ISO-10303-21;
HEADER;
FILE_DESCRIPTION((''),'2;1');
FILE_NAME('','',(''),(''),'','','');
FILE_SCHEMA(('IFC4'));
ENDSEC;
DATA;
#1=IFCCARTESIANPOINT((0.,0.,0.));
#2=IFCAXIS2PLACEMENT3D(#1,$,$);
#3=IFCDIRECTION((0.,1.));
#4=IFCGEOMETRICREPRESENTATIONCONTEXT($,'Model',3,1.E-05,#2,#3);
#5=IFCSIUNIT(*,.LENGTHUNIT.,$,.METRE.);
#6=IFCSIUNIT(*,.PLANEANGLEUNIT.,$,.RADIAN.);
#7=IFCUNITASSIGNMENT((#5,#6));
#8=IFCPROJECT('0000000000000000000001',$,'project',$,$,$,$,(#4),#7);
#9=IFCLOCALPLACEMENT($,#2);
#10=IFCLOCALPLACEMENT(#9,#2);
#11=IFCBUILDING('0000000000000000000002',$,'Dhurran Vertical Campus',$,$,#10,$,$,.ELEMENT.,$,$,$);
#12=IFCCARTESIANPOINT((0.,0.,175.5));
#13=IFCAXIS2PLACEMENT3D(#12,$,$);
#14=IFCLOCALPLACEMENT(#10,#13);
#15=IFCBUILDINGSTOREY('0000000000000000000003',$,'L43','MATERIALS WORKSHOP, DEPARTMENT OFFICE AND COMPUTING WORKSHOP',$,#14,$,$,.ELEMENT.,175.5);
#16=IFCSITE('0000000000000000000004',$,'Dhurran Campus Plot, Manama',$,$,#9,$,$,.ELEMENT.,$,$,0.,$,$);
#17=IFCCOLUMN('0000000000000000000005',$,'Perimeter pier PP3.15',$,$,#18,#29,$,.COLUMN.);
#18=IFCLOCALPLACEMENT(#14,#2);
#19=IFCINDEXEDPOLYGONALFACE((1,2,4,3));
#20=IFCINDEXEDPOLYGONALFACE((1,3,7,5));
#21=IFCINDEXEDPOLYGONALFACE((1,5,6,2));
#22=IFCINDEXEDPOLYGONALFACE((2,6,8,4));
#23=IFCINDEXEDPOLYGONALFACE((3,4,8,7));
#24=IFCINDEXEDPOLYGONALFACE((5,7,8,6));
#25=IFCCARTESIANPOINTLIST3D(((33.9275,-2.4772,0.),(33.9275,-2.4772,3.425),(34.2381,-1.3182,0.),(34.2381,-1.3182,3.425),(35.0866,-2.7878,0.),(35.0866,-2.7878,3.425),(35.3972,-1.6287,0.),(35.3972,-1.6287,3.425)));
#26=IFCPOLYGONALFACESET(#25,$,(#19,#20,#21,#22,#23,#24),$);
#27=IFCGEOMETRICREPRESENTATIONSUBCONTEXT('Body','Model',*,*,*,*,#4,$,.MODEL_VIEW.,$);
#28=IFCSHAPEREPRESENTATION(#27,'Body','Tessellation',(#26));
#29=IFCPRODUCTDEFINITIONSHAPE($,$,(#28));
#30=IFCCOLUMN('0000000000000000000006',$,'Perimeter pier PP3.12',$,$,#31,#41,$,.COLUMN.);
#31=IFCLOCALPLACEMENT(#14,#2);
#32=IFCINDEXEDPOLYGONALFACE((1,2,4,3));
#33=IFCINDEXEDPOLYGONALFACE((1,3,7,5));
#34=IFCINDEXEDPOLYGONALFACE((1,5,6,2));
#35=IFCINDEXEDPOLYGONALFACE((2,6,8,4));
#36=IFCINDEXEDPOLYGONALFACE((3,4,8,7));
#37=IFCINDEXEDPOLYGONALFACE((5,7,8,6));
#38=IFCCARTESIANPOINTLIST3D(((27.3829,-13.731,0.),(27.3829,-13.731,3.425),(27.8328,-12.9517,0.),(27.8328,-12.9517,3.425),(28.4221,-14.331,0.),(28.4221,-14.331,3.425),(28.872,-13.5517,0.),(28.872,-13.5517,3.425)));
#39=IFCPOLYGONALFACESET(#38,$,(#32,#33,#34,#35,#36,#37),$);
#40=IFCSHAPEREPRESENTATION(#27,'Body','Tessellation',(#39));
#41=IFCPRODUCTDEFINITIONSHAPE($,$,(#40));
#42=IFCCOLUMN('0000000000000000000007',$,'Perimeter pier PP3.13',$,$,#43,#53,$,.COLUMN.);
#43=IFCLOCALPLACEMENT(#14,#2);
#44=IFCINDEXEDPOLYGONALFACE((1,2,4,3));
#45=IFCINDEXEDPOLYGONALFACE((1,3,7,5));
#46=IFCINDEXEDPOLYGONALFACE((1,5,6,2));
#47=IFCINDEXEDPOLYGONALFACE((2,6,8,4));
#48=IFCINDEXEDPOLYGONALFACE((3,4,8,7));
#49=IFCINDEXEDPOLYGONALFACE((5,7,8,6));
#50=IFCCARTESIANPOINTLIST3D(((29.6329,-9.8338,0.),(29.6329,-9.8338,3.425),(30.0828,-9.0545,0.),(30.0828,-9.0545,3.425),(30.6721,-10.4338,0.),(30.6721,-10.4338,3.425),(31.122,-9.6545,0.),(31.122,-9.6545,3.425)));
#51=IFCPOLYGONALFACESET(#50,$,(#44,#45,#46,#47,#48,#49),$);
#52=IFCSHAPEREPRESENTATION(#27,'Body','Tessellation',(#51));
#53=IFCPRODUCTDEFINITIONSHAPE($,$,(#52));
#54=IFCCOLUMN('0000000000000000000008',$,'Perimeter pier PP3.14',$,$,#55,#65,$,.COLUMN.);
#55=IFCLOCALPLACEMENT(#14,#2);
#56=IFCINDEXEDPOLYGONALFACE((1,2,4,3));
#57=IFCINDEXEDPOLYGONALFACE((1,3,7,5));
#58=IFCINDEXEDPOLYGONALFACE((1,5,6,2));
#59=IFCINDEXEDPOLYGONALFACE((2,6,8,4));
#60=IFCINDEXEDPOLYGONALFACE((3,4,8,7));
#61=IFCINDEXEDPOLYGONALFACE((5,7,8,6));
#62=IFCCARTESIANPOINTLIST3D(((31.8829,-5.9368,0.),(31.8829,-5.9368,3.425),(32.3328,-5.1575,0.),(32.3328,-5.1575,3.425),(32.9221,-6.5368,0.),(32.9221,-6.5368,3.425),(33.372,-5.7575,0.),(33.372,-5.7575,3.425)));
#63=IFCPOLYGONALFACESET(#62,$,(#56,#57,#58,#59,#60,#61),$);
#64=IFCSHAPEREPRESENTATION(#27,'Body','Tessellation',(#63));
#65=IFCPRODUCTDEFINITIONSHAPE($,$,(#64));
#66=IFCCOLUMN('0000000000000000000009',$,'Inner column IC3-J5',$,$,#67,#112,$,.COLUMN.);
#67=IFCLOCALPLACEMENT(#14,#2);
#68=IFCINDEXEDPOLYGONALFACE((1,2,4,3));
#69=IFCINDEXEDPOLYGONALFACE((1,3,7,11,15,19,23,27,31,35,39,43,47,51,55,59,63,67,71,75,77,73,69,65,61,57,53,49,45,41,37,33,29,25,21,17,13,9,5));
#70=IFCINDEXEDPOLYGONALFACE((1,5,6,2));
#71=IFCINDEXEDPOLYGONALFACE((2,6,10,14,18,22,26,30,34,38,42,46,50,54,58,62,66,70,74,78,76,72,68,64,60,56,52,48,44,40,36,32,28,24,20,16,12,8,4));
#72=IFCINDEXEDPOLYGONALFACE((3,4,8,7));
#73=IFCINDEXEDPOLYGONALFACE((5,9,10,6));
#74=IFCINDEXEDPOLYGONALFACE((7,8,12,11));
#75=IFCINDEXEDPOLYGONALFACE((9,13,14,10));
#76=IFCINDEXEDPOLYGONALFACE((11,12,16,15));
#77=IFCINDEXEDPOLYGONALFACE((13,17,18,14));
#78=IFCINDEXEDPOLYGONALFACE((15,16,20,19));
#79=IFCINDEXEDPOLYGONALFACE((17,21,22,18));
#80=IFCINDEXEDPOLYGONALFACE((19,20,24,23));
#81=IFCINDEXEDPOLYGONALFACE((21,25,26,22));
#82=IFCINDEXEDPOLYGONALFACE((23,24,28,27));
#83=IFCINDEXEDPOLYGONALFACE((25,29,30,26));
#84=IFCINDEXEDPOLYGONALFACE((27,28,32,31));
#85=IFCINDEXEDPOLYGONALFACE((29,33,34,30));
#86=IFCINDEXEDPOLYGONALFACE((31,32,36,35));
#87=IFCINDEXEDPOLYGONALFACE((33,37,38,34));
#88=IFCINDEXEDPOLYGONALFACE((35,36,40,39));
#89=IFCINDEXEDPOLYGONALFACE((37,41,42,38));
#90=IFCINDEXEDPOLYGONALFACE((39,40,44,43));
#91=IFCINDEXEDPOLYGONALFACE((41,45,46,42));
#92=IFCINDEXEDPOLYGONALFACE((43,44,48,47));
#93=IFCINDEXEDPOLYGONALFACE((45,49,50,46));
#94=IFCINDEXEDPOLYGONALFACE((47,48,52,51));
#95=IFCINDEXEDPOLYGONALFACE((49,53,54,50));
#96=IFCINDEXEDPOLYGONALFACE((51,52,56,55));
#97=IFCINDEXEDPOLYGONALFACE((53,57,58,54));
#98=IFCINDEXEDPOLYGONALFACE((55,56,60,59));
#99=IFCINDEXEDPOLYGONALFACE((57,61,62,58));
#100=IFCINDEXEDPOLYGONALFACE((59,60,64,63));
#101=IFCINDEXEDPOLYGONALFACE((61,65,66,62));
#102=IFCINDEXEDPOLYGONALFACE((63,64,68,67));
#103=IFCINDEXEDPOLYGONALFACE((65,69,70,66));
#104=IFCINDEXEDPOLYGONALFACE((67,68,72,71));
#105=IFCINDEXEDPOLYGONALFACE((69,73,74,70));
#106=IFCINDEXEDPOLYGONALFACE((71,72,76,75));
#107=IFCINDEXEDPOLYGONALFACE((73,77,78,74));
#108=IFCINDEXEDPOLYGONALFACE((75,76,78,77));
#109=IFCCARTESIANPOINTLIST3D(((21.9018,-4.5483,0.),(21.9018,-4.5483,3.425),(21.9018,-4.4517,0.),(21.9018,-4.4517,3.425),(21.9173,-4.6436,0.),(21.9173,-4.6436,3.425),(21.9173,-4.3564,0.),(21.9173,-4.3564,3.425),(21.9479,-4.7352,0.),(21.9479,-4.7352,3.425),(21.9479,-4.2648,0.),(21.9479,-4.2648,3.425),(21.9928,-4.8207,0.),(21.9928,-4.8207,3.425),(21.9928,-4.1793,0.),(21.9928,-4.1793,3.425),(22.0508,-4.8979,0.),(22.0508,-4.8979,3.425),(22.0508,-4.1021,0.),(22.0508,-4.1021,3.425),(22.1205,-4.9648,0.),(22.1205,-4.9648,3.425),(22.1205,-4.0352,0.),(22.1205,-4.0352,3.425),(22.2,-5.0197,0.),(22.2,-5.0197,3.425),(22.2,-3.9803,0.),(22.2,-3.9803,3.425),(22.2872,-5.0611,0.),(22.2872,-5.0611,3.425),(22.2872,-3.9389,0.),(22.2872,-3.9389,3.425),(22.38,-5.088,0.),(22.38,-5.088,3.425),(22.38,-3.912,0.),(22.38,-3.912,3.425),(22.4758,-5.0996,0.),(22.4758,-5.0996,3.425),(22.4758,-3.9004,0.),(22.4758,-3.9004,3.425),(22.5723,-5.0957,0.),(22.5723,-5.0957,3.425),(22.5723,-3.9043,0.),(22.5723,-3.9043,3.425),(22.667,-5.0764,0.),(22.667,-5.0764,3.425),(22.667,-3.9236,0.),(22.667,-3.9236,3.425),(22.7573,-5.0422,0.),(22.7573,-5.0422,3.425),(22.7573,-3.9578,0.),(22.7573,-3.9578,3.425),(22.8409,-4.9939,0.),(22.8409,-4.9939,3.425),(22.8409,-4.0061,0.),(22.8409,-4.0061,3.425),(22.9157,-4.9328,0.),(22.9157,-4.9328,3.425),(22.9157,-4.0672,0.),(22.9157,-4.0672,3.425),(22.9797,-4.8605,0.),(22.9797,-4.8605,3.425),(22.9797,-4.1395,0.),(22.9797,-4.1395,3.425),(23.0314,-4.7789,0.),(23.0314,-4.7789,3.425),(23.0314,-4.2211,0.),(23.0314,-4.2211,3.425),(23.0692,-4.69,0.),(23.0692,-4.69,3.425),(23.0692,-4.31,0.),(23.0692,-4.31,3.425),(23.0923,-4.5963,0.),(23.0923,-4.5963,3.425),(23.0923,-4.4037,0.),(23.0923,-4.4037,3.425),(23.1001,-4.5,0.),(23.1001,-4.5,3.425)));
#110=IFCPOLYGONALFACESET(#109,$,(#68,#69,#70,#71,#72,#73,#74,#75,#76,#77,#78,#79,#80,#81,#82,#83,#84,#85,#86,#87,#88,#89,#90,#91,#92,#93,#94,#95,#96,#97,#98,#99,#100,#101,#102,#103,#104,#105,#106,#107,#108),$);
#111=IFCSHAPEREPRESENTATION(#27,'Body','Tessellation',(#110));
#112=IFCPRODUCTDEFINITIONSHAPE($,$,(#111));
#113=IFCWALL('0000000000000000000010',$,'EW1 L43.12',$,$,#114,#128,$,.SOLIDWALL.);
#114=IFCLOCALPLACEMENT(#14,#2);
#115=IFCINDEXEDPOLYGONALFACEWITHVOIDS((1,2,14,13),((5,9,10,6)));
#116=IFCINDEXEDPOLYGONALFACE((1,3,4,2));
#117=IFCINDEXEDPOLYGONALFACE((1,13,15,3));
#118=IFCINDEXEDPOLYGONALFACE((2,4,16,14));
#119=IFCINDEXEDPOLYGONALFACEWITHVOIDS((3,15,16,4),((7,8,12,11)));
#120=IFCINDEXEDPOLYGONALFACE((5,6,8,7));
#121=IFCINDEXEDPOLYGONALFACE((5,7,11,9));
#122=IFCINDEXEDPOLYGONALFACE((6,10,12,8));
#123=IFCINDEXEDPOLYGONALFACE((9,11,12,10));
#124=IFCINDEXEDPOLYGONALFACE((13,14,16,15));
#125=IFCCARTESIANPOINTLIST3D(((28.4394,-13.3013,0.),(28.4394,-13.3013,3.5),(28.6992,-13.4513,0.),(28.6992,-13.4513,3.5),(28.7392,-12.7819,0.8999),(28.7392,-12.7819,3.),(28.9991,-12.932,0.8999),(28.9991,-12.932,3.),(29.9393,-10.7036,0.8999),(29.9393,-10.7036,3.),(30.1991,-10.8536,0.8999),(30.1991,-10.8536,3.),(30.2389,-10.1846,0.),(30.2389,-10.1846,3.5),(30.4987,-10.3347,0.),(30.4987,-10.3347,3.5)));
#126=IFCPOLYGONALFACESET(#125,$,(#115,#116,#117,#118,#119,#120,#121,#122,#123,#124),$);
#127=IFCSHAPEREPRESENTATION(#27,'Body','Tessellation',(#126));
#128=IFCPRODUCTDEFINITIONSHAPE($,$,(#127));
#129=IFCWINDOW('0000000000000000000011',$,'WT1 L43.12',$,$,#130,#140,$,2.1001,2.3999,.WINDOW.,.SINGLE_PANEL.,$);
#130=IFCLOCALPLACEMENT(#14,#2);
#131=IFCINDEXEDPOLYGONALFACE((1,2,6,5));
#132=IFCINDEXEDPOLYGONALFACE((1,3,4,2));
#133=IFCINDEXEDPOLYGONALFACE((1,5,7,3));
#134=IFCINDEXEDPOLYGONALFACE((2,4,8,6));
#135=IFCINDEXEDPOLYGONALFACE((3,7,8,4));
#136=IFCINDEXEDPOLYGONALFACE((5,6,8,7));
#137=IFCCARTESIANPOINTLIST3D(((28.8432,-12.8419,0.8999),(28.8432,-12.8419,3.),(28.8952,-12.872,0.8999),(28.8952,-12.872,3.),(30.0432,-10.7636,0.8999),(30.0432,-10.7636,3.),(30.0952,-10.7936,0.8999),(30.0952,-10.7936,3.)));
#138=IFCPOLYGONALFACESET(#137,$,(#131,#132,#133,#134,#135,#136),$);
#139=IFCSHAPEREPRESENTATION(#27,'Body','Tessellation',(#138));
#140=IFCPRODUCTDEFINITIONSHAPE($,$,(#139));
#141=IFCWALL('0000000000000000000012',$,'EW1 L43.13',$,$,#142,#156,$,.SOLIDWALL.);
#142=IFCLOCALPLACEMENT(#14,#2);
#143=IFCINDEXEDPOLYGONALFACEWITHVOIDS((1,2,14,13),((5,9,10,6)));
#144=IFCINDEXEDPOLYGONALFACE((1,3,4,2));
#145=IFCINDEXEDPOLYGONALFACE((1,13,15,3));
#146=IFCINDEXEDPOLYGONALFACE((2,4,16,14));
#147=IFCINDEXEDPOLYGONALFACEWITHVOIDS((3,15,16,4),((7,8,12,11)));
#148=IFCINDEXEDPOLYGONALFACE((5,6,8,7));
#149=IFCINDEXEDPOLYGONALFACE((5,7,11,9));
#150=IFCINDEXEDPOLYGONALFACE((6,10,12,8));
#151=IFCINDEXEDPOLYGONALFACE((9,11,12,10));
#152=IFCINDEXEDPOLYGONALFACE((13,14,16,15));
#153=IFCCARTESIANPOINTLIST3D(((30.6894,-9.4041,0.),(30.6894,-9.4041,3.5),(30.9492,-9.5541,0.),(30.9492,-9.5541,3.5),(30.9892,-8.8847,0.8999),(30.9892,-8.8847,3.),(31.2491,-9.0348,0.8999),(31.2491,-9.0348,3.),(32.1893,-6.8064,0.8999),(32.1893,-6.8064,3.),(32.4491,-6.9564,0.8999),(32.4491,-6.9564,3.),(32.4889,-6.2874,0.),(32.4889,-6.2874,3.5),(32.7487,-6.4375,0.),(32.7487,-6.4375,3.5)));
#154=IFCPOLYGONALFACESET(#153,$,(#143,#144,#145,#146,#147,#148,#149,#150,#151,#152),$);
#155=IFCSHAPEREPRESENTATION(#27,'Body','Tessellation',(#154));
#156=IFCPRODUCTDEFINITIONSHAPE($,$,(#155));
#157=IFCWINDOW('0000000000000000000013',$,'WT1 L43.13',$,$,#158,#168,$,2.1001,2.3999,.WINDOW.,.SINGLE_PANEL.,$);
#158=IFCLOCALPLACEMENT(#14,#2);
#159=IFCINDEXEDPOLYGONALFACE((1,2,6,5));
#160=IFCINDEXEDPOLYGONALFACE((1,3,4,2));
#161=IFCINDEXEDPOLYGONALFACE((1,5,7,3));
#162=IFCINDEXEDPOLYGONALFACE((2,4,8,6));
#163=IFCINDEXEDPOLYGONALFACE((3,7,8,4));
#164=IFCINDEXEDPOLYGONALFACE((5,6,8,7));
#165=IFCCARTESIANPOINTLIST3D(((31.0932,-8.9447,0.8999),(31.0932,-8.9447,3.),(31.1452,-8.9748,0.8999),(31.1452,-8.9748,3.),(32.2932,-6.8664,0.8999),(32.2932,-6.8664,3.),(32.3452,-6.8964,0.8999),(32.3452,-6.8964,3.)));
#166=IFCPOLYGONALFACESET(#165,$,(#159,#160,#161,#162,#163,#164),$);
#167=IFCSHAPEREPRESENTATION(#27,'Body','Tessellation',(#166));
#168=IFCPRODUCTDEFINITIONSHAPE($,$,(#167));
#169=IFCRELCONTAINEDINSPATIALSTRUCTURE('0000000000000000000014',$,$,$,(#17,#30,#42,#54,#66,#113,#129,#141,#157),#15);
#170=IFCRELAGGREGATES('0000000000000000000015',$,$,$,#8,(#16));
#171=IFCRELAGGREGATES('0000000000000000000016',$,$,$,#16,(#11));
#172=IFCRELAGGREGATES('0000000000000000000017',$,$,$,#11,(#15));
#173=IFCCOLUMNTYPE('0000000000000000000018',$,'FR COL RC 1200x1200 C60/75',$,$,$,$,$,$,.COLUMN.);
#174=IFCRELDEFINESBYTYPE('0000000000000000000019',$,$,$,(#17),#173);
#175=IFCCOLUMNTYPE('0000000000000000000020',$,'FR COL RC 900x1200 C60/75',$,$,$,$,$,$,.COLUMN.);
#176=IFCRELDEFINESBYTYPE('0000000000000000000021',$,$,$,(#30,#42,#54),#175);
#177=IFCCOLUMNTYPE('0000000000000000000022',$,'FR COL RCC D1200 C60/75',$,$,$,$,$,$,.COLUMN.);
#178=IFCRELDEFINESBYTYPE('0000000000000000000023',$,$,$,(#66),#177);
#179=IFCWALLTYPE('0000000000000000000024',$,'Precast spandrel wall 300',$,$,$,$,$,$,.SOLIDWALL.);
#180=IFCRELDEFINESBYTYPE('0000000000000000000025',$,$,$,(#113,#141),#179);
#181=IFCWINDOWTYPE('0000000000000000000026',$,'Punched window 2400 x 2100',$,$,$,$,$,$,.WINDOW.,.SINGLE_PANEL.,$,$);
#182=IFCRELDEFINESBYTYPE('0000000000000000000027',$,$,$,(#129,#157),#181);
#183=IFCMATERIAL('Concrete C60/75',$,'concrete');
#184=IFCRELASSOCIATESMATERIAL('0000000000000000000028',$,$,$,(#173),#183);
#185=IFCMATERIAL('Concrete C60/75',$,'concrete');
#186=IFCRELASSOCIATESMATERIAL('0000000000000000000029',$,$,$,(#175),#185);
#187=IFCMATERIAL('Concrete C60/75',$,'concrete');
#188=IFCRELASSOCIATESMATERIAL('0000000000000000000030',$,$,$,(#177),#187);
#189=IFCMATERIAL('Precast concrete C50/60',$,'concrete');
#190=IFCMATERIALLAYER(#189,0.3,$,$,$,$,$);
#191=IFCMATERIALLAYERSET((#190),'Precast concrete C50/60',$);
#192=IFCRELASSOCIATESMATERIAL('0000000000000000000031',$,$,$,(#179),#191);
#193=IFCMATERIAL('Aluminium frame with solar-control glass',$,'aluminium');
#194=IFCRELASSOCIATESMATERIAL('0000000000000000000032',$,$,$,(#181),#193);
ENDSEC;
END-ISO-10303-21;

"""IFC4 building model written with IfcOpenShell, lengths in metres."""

from ifc_helpers import new_model, si_unit, direction, frame, frame_2d, origin, origin_2d, place, context, subcontext, project, spatial, rectangle, circle, extrude, material, layer, layer_set, material_profile, profile_set, type_object, element, fill, save


model = new_model("IFC4")

# Units and contexts
model_context = context("Model", 3, precision=1e-05, world=origin(), true_north=direction((0.0, 1.0)))
body_context = subcontext(model_context, "Body", "Model", "MODEL_VIEW")
ifc_project = project(units=[si_unit("LENGTHUNIT", "METRE"), si_unit("PLANEANGLEUNIT", "RADIAN")], contexts=[model_context])

# Site, building, storey
site_placement = place(None, origin())
site = spatial("IfcSite", under=ifc_project, at=site_placement, Name="Dhurran Campus Plot, Manama", CompositionType="ELEMENT", RefElevation=0.0)
building_placement = place(site_placement, origin())
building = spatial("IfcBuilding", under=site, at=building_placement, Name="Dhurran Vertical Campus", CompositionType="ELEMENT")
storey_placement = place(building_placement, frame((0.0, 0.0, 175.5)))
storey = spatial("IfcBuildingStorey", under=building, at=storey_placement, Name="L43", Description="MATERIALS WORKSHOP, DEPARTMENT OFFICE AND COMPUTING WORKSHOP", CompositionType="ELEMENT", Elevation=175.5)

# Columns
ifc_material_1 = material(Name="Concrete C60/75", Category="concrete")
ifc_material_profile_1 = material_profile(ifc_material_1, rectangle(XDim=1.2, YDim=1.2, at=origin_2d()), Name="RC 1200x1200")
ifc_profile_set_1 = profile_set([ifc_material_profile_1], Name="Concrete C60/75")
column_type_1 = type_object("IfcColumnType", Name="FR COL RC 1200x1200 C60/75", PredefinedType="COLUMN", material=ifc_profile_set_1)
column_1_placement = place(storey_placement, frame((34.6624, -2.053, 0.0), z_axis=(0.0, 0.0, 1.0), x_axis=(0.258819, 0.965926, 0.0)))
element("IfcColumn", 1, at=column_1_placement, inside=storey, type_object=column_type_1, Name="Perimeter pier PP3.15", PredefinedType="COLUMN", context=body_context, shape_type="SweptSolid", body=[
    extrude(rectangle(XDim=1.2, YDim=1.2, at=origin_2d()), origin(), (0.0, 0.0, 1.0), 3.425),
])
ifc_material_2 = material(Name="Concrete C60/75", Category="concrete")
ifc_material_profile_2 = material_profile(ifc_material_2, rectangle(XDim=0.8999, YDim=1.2, at=origin_2d()), Name="RC 900x1200")
ifc_profile_set_2 = profile_set([ifc_material_profile_2], Name="Concrete C60/75")
column_type_2 = type_object("IfcColumnType", Name="FR COL RC 900x1200 C60/75", PredefinedType="COLUMN", material=ifc_profile_set_2)
for number, where, z_axis, x_axis, name in (
    (2, (28.1274, -13.6414, 0.0), (0.0, 0.0, 1.0), (0.5, 0.866025, 0.0), "Perimeter pier PP3.12"),
    (3, (30.3774, -9.7441, 0.0), (0.0, 0.0, 1.0), (0.5, 0.866025, 0.0), "Perimeter pier PP3.13"),
    (4, (32.6274, -5.8472, 0.0), (0.0, 0.0, 1.0), (0.5, 0.866025, 0.0), "Perimeter pier PP3.14"),
):
    element("IfcColumn", number, at=place(storey_placement, frame(where, z_axis=z_axis, x_axis=x_axis)), inside=storey, type_object=column_type_2, Name=name, PredefinedType="COLUMN", context=body_context, shape_type="SweptSolid", body=[
        extrude(rectangle(XDim=0.8999, YDim=1.2, at=origin_2d()), origin(), (0.0, 0.0, 1.0), 3.425),
    ])
ifc_material_3 = material(Name="Concrete C60/75", Category="concrete")
ifc_material_profile_3 = material_profile(ifc_material_3, circle(Radius=0.6001, at=origin_2d()), Name="RCC D1200")
ifc_profile_set_3 = profile_set([ifc_material_profile_3], Name="Concrete C60/75")
column_type_3 = type_object("IfcColumnType", Name="FR COL RCC D1200 C60/75", PredefinedType="COLUMN", material=ifc_profile_set_3)
column_2_placement = place(storey_placement, frame((22.5, -4.5, 0.0), z_axis=(0.0, 0.0, 1.0), x_axis=(1.0, 0.0, 0.0)))
element("IfcColumn", 5, at=column_2_placement, inside=storey, type_object=column_type_3, Name="Inner column IC3-J5", PredefinedType="COLUMN", context=body_context, shape_type="SweptSolid", body=[
    extrude(circle(Radius=0.6001, at=origin_2d()), origin(), (0.0, 0.0, 1.0), 3.425),
])

# Walls, openings, windows
ifc_material_4 = material(Name="Precast concrete C50/60", Category="concrete")
ifc_layer_1 = layer(ifc_material_4, 0.3)
ifc_layer_set_1 = layer_set([ifc_layer_1], Name="Precast concrete C50/60")
wall_type_1 = type_object("IfcWallType", Name="Precast spandrel wall 300", PredefinedType="SOLIDWALL", material=ifc_layer_set_1)
wall_1_placement = place(storey_placement, frame((28.5693, -13.3762, 0.0), z_axis=(0.0, 0.0, 1.0), x_axis=(0.500028, 0.866009, 0.0)))
wall_1 = element("IfcWall", 6, at=wall_1_placement, inside=storey, type_object=wall_type_1, Name="EW1 L43.12", PredefinedType="SOLIDWALL", context=body_context, shape_type="SweptSolid", body=[
    extrude(rectangle(XDim=3.5989, YDim=0.3, at=frame_2d((1.7993, 0.0))), origin(), (0.0, 0.0, 1.0), 3.5),
])
opening_1_placement = place(wall_1_placement, frame((0.5996, 0.0, 0.8999)))
opening_1 = element("IfcOpeningElement", 7, at=opening_1_placement, cuts=wall_1, PredefinedType="OPENING", context=body_context, shape_type="SweptSolid", body=[
    extrude(rectangle(XDim=2.3999, YDim=2.1001, at=frame_2d((1.2, 1.05))), frame((0.0, 0.1599, 0.0), z_axis=(0.0, -1.0, 0.0), x_axis=(1.0, 0.0, 0.0)), (0.0, 0.0, 1.0), 0.3201),
])
ifc_material_5 = material(Name="Aluminium frame with solar-control glass", Category="aluminium")
window_type = type_object("IfcWindowType", Name="Punched window 2400 x 2100", PartitioningType="SINGLE_PANEL", PredefinedType="WINDOW", material=ifc_material_5)
window_1_placement = place(opening_1_placement, origin())
window_1 = element("IfcWindow", 8, at=window_1_placement, inside=storey, type_object=window_type, Name="WT1 L43.12", OverallHeight=2.1001, OverallWidth=2.3999, PartitioningType="SINGLE_PANEL", PredefinedType="WINDOW", context=body_context, shape_type="SweptSolid", body=[
    extrude(rectangle(XDim=2.3999, YDim=2.1001, at=frame_2d((1.2, 1.05))), frame((0.0, 0.03, 0.0), z_axis=(0.0, -1.0, 0.0), x_axis=(1.0, 0.0, 0.0)), (0.0, 0.0, 1.0), 0.0601),
])
fill(opening_1, window_1)
wall_2_placement = place(storey_placement, frame((30.8193, -9.479, 0.0), z_axis=(0.0, 0.0, 1.0), x_axis=(0.500028, 0.866009, 0.0)))
wall_2 = element("IfcWall", 9, at=wall_2_placement, inside=storey, type_object=wall_type_1, Name="EW1 L43.13", PredefinedType="SOLIDWALL", context=body_context, shape_type="SweptSolid", body=[
    extrude(rectangle(XDim=3.5989, YDim=0.3, at=frame_2d((1.7993, 0.0))), origin(), (0.0, 0.0, 1.0), 3.5),
])
opening_2_placement = place(wall_2_placement, frame((0.5996, 0.0, 0.8999)))
opening_2 = element("IfcOpeningElement", 10, at=opening_2_placement, cuts=wall_2, PredefinedType="OPENING", context=body_context, shape_type="SweptSolid", body=[
    extrude(rectangle(XDim=2.3999, YDim=2.1001, at=frame_2d((1.2, 1.05))), frame((0.0, 0.1599, 0.0), z_axis=(0.0, -1.0, 0.0), x_axis=(1.0, 0.0, 0.0)), (0.0, 0.0, 1.0), 0.3201),
])
window_2_placement = place(opening_2_placement, origin())
window_2 = element("IfcWindow", 11, at=window_2_placement, inside=storey, type_object=window_type, Name="WT1 L43.13", OverallHeight=2.1001, OverallWidth=2.3999, PartitioningType="SINGLE_PANEL", PredefinedType="WINDOW", context=body_context, shape_type="SweptSolid", body=[
    extrude(rectangle(XDim=2.3999, YDim=2.1001, at=frame_2d((1.2, 1.05))), frame((0.0, 0.03, 0.0), z_axis=(0.0, -1.0, 0.0), x_axis=(1.0, 0.0, 0.0)), (0.0, 0.0, 1.0), 0.0601),
])
fill(opening_2, window_2)

save(model, "model.ifc")
